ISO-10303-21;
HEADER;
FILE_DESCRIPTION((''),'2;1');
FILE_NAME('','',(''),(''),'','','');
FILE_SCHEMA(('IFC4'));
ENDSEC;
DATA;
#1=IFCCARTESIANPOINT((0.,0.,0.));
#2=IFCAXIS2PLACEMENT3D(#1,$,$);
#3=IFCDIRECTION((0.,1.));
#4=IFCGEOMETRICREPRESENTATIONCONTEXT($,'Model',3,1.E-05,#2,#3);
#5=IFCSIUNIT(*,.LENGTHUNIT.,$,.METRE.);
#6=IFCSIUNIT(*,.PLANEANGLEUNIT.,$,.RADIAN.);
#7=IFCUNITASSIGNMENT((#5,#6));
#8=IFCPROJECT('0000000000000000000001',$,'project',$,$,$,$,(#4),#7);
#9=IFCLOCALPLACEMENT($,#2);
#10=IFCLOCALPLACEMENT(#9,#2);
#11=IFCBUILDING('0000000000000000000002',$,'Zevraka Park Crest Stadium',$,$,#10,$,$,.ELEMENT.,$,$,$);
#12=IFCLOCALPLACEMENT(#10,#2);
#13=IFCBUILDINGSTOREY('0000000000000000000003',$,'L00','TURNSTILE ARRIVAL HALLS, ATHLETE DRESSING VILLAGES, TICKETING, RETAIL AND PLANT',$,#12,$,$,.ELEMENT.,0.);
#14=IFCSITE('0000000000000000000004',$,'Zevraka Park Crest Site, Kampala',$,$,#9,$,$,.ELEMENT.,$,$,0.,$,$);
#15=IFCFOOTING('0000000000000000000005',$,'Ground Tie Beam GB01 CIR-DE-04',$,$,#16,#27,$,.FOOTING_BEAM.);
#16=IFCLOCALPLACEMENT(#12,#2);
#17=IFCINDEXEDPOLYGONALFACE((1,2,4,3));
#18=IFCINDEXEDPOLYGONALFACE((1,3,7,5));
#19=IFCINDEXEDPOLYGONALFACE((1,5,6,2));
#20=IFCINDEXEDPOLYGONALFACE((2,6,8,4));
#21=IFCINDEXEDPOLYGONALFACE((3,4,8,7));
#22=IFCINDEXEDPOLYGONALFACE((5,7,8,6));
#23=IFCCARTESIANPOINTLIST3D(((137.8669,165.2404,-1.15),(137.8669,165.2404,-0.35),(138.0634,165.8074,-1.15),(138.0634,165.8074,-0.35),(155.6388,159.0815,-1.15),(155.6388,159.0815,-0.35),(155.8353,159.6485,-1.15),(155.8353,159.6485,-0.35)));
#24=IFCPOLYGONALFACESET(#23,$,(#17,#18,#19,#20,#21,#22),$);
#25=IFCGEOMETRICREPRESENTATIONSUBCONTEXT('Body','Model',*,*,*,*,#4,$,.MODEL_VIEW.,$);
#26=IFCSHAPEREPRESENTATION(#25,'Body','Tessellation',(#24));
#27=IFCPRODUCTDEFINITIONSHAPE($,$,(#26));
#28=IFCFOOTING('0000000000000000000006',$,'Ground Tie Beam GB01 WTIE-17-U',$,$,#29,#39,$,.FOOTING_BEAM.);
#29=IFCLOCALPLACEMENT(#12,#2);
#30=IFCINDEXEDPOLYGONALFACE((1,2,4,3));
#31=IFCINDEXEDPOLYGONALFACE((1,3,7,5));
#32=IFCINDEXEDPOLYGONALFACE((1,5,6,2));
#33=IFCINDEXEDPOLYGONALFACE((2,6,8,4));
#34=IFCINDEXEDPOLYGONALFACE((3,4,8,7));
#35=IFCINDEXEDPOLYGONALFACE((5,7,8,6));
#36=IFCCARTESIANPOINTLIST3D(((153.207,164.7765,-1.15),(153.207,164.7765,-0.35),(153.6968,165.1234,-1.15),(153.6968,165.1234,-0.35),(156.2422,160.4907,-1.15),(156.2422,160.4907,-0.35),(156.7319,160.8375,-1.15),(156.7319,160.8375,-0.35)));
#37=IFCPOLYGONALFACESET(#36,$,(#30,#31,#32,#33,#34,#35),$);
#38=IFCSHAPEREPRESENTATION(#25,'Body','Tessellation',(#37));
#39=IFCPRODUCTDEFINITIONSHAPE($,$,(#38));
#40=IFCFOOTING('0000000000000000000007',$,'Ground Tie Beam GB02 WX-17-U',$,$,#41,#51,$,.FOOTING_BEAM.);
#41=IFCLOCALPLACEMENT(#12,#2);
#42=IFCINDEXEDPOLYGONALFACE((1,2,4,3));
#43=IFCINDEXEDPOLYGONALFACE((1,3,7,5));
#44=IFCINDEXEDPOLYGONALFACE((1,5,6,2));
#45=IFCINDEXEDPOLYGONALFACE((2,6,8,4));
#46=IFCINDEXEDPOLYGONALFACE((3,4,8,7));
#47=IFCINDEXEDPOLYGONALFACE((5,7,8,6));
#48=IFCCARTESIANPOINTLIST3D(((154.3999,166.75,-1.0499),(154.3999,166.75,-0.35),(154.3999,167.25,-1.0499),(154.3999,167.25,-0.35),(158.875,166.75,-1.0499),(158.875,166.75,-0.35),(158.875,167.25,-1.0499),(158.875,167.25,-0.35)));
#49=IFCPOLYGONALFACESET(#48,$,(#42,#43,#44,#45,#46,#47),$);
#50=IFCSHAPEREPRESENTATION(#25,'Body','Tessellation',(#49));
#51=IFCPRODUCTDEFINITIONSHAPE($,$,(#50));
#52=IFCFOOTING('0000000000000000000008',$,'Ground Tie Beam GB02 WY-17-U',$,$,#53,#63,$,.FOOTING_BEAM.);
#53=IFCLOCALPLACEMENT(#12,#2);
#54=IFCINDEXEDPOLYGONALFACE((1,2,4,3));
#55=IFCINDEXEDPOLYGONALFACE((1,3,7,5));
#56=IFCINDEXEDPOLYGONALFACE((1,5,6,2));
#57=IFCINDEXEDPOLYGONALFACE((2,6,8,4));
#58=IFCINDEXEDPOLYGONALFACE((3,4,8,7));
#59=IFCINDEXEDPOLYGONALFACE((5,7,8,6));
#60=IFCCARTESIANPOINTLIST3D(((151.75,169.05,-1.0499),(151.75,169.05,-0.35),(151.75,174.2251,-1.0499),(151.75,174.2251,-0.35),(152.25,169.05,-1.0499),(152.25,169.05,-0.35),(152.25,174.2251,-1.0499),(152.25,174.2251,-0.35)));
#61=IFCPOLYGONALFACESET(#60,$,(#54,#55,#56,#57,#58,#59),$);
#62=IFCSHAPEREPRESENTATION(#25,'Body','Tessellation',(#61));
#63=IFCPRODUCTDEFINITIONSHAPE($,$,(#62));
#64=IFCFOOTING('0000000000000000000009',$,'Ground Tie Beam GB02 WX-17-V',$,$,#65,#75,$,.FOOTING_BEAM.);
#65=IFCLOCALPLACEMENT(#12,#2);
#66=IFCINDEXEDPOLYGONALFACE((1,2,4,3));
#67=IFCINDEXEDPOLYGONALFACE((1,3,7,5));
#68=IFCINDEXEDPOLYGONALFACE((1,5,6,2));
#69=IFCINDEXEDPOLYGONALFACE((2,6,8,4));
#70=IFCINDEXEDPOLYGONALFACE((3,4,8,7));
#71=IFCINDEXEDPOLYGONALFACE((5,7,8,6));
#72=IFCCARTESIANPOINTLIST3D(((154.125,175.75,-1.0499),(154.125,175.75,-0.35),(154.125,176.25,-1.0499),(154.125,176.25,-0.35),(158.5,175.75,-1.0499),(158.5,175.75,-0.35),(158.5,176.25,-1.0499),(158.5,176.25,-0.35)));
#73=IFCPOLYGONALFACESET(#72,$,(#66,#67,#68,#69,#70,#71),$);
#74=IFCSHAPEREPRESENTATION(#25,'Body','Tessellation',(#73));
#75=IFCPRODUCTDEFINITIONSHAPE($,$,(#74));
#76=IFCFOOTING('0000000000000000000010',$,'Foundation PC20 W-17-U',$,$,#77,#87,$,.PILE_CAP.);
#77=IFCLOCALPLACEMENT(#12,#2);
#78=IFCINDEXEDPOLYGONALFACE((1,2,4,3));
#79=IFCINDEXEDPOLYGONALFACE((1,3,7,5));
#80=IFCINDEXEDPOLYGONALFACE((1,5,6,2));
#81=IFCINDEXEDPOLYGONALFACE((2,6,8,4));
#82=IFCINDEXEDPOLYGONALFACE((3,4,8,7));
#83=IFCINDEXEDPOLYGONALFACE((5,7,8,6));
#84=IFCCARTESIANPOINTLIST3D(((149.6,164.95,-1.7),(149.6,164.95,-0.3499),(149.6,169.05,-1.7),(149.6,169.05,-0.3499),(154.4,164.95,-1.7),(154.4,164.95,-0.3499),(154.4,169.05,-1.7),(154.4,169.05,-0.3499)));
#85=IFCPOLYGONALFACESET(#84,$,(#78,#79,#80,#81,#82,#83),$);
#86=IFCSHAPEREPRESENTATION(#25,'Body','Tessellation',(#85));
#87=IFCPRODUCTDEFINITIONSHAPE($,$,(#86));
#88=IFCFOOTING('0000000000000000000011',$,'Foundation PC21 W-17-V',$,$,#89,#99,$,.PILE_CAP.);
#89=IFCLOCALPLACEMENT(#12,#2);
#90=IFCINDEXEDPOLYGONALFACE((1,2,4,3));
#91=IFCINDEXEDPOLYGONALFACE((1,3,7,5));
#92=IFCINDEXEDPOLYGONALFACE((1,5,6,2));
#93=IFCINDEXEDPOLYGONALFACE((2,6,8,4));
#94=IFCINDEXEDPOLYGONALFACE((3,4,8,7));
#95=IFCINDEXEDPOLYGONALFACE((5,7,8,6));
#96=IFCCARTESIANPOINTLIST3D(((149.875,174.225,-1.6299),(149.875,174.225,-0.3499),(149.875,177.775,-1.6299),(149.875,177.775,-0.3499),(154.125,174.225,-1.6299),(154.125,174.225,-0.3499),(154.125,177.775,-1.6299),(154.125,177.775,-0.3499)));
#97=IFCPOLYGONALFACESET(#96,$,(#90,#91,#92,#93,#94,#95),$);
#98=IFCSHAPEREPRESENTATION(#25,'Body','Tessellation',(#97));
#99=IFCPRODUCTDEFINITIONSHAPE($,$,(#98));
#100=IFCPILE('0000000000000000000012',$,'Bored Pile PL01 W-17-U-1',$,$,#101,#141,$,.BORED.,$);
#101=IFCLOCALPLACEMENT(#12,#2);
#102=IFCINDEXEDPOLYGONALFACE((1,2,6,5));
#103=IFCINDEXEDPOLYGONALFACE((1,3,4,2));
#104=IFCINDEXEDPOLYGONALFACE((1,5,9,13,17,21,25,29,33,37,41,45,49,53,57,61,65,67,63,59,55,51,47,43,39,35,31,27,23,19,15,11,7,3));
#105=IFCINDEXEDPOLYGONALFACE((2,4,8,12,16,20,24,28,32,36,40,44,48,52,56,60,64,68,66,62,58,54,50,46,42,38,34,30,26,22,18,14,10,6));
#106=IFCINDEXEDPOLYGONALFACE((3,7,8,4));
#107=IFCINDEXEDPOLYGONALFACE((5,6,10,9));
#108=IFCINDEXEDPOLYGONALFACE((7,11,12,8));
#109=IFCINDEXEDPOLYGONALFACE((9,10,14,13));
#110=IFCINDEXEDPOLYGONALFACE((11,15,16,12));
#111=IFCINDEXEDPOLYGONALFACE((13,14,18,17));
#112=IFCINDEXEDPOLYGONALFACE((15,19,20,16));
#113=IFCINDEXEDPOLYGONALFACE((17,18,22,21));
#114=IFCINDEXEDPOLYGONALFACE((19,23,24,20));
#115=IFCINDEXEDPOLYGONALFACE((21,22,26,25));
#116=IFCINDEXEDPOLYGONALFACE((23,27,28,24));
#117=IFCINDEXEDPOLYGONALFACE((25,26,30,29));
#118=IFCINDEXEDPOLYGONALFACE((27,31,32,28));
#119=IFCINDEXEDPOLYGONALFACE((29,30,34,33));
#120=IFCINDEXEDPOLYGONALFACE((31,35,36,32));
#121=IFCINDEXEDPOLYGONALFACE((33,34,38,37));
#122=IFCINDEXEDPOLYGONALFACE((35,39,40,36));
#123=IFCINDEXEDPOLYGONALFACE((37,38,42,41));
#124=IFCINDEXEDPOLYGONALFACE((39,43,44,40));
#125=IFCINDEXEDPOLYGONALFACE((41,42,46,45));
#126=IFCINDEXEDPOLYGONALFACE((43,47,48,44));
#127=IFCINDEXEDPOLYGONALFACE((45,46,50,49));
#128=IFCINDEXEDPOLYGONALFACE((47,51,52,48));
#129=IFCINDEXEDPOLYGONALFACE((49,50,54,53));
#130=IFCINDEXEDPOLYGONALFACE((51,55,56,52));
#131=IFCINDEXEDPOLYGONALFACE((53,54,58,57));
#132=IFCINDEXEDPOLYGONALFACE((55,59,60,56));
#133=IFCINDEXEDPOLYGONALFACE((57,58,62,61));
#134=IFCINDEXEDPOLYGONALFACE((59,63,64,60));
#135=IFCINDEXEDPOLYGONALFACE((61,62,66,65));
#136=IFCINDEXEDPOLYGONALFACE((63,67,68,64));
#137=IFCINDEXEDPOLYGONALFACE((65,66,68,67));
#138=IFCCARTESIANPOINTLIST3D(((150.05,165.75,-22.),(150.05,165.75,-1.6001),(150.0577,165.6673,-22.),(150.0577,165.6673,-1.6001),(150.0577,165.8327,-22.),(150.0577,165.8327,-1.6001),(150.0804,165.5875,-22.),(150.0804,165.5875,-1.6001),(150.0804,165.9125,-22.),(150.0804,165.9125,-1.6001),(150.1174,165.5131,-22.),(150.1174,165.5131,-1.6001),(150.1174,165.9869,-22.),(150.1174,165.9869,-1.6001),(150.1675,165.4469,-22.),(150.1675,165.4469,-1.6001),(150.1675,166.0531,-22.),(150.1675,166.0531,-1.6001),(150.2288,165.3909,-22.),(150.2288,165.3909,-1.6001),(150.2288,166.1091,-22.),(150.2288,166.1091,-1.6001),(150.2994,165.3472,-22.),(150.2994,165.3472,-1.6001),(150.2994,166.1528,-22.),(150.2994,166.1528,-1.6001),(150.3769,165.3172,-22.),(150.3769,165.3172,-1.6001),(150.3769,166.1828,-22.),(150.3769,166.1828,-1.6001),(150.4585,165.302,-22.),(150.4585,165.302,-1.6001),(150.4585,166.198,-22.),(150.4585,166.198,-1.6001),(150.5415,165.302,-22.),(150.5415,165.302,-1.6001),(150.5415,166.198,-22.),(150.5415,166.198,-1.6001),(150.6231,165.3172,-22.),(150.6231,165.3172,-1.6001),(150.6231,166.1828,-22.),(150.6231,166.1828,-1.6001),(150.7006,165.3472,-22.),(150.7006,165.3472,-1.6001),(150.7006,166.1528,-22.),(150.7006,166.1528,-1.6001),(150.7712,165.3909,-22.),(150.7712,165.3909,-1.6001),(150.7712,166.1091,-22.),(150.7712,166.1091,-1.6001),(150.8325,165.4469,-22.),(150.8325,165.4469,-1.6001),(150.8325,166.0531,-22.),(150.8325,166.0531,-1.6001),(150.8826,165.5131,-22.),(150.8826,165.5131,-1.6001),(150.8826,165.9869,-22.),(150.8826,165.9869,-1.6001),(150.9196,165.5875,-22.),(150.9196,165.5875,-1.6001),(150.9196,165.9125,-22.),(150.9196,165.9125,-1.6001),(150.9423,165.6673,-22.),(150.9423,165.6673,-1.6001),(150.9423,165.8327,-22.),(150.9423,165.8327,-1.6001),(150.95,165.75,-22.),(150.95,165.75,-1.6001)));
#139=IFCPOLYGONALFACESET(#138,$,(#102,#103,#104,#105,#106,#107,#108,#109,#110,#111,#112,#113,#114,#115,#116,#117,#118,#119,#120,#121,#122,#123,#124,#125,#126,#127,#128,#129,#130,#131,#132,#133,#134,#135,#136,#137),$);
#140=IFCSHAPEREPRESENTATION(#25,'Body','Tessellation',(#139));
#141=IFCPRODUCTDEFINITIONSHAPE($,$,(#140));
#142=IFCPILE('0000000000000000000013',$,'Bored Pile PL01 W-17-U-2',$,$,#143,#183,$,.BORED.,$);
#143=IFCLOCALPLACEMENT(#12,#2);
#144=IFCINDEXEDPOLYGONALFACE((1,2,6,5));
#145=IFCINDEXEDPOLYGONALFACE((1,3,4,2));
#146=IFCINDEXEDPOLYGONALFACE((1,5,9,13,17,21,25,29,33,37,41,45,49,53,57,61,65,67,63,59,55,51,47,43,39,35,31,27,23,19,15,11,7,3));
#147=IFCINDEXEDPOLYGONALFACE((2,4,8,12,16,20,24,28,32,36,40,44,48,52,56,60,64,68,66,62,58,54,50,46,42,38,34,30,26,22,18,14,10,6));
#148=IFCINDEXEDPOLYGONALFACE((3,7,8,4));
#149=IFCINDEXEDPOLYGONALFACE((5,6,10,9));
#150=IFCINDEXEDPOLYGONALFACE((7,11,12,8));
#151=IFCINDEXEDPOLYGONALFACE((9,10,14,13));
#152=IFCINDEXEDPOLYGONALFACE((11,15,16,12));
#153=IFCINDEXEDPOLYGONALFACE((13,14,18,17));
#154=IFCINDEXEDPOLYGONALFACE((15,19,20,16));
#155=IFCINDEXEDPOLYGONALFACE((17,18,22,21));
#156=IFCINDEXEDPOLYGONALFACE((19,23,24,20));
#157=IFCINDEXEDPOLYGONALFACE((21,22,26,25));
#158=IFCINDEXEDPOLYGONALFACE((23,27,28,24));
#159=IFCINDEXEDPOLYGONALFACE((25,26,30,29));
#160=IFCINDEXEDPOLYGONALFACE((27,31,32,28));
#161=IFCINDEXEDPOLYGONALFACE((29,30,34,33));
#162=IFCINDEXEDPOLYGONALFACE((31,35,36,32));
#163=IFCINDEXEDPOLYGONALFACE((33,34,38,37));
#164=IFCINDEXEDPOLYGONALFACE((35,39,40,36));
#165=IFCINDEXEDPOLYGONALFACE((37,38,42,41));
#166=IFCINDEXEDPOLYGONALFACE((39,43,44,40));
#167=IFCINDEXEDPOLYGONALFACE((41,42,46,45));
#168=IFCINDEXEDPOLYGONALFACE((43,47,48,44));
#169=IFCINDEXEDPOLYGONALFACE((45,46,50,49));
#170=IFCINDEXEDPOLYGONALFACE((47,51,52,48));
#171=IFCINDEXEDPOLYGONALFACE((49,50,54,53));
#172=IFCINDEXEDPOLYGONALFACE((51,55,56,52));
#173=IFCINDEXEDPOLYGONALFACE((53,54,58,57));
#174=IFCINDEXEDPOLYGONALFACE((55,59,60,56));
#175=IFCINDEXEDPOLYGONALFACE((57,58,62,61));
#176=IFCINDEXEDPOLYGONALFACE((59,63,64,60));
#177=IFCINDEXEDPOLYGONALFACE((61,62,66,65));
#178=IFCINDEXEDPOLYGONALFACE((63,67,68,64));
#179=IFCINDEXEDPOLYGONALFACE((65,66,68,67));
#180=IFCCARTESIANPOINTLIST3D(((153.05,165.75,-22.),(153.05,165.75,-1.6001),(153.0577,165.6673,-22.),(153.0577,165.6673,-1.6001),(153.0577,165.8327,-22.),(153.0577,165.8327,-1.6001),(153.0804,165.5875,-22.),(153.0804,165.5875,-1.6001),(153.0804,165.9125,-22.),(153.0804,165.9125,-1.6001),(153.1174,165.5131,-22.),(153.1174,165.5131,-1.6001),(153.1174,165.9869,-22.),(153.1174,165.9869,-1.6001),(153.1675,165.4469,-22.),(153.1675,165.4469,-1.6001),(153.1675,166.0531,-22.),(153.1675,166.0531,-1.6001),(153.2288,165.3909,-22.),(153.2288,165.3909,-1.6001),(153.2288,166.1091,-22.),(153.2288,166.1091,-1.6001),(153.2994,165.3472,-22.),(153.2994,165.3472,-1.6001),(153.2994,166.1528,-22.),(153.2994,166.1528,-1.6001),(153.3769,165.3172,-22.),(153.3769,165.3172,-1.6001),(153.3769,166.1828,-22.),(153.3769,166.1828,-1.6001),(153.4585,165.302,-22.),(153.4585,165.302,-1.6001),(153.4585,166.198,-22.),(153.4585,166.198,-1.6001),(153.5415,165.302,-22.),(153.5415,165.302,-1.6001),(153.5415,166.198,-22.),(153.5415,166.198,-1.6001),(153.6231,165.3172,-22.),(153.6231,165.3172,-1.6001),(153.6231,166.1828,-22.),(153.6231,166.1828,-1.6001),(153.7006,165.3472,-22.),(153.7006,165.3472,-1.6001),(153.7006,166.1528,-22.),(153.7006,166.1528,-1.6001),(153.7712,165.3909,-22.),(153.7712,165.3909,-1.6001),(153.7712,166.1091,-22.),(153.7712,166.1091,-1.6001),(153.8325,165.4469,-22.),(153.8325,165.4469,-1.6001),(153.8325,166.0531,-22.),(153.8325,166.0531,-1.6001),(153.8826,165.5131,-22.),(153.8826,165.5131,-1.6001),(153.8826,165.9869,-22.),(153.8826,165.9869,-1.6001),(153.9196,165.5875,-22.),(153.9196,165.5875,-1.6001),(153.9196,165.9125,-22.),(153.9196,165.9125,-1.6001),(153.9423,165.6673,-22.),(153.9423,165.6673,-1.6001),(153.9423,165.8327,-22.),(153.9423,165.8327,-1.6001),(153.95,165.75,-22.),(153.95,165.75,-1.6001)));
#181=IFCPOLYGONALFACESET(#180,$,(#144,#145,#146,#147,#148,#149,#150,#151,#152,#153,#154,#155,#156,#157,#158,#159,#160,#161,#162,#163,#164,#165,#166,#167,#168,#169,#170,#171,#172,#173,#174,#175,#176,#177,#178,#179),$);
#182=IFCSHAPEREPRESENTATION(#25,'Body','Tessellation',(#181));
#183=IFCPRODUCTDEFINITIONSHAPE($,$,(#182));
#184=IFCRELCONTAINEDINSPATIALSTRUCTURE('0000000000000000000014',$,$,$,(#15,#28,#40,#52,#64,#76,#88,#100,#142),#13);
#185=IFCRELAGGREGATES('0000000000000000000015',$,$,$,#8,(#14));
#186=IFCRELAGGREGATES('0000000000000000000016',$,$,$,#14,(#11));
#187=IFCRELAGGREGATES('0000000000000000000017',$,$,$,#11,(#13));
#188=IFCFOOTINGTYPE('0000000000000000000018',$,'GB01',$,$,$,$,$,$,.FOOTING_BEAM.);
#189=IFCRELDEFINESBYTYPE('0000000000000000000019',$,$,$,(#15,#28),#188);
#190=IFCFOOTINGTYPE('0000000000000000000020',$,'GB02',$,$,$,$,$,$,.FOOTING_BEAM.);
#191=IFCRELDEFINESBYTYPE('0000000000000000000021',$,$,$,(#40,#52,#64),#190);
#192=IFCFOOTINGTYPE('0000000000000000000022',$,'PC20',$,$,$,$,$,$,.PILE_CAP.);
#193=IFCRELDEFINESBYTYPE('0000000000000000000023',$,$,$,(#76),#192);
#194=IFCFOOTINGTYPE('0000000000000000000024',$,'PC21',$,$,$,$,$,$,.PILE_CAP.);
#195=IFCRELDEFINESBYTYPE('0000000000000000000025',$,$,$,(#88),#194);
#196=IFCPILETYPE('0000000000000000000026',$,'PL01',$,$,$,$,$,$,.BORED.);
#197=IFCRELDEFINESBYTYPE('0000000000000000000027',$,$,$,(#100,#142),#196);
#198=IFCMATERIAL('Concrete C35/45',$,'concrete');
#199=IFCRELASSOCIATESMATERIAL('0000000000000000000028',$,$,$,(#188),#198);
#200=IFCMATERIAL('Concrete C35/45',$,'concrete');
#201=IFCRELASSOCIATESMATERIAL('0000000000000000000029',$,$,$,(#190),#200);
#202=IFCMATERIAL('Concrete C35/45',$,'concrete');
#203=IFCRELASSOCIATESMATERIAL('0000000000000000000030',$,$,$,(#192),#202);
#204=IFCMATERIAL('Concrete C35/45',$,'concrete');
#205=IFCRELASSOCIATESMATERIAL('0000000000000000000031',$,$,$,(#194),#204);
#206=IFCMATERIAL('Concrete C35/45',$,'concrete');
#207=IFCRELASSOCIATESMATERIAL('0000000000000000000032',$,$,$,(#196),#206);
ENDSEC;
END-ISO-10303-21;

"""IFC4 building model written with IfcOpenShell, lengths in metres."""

from ifc_helpers import new_model, si_unit, direction, frame, origin, origin_2d, place, context, subcontext, project, spatial, rectangle, circle, extrude, material, material_profile, profile_set, type_object, element, save


model = new_model("IFC4")

# Units and contexts
model_context = context("Model", 3, precision=1e-05, world=origin(), true_north=direction((0.0, 1.0)))
body_context = subcontext(model_context, "Body", "Model", "MODEL_VIEW")
ifc_project = project(units=[si_unit("LENGTHUNIT", "METRE"), si_unit("PLANEANGLEUNIT", "RADIAN")], contexts=[model_context])

# Site, building, storey
site_placement = place(None, origin())
site = spatial("IfcSite", under=ifc_project, at=site_placement, Name="Zevraka Park Crest Site, Kampala", CompositionType="ELEMENT", RefElevation=0.0)
building_placement = place(site_placement, origin())
building = spatial("IfcBuilding", under=site, at=building_placement, Name="Zevraka Park Crest Stadium", CompositionType="ELEMENT")
storey_placement = place(building_placement, origin())
storey = spatial("IfcBuildingStorey", under=building, at=storey_placement, Name="L00", Description="TURNSTILE ARRIVAL HALLS, ATHLETE DRESSING VILLAGES, TICKETING, RETAIL AND PLANT", CompositionType="ELEMENT", Elevation=0.0)

# Footings
ifc_material_1 = material(Name="Concrete C35/45", Category="concrete")
ifc_material_profile_1 = material_profile(ifc_material_1, rectangle(XDim=0.6001, YDim=0.8, at=origin_2d()), Name="GB 800x600")
ifc_profile_set_1 = profile_set([ifc_material_profile_1], Name="Concrete C35/45")
footing_type_1 = type_object("IfcFootingType", Name="GB01", PredefinedType="FOOTING_BEAM", material=ifc_profile_set_1)
footing_1_placement = place(storey_placement, frame((155.7371, 159.365, -0.75), z_axis=(-0.944869, 0.327448, 0.0), x_axis=(-0.327448, -0.944869, 0.0)))
element("IfcFooting", 1, at=footing_1_placement, inside=storey, type_object=footing_type_1, Name="Ground Tie Beam GB01 CIR-DE-04", PredefinedType="FOOTING_BEAM", context=body_context, shape_type="SweptSolid", body=[
    extrude(rectangle(XDim=0.6001, YDim=0.8, at=origin_2d()), origin(), (0.0, 0.0, 1.0), 18.8088),
])
footing_2_placement = place(storey_placement, frame((153.4519, 164.95, -0.75), z_axis=(0.577931, -0.816086, 0.0), x_axis=(0.816086, 0.577931, 0.0)))
element("IfcFooting", 2, at=footing_2_placement, inside=storey, type_object=footing_type_1, Name="Ground Tie Beam GB01 WTIE-17-U", PredefinedType="FOOTING_BEAM", context=body_context, shape_type="SweptSolid", body=[
    extrude(rectangle(XDim=0.6001, YDim=0.8, at=origin_2d()), origin(), (0.0, 0.0, 1.0), 5.2517),
])
ifc_material_2 = material(Name="Concrete C35/45", Category="concrete")
ifc_material_profile_2 = material_profile(ifc_material_2, rectangle(XDim=0.5, YDim=0.7, at=origin_2d()), Name="GB 700x500")
ifc_profile_set_2 = profile_set([ifc_material_profile_2], Name="Concrete C35/45")
footing_type_2 = type_object("IfcFootingType", Name="GB02", PredefinedType="FOOTING_BEAM", material=ifc_profile_set_2)
footing_3_placement = place(storey_placement, frame((154.3999, 167.0, -0.7), z_axis=(1.0, 0.0, 0.0), x_axis=(0.0, 1.0, 0.0)))
element("IfcFooting", 3, at=footing_3_placement, inside=storey, type_object=footing_type_2, Name="Ground Tie Beam GB02 WX-17-U", PredefinedType="FOOTING_BEAM", context=body_context, shape_type="SweptSolid", body=[
    extrude(rectangle(XDim=0.5, YDim=0.7, at=origin_2d()), origin(), (0.0, 0.0, 1.0), 4.4751),
])
footing_4_placement = place(storey_placement, frame((152.0, 169.05, -0.7), z_axis=(0.0, 1.0, 0.0), x_axis=(-1.0, 0.0, 0.0)))
element("IfcFooting", 4, at=footing_4_placement, inside=storey, type_object=footing_type_2, Name="Ground Tie Beam GB02 WY-17-U", PredefinedType="FOOTING_BEAM", context=body_context, shape_type="SweptSolid", body=[
    extrude(rectangle(XDim=0.5, YDim=0.7, at=origin_2d()), origin(), (0.0, 0.0, 1.0), 5.175),
])
footing_5_placement = place(storey_placement, frame((154.125, 176.0, -0.7), z_axis=(1.0, 0.0, 0.0), x_axis=(0.0, 1.0, 0.0)))
element("IfcFooting", 5, at=footing_5_placement, inside=storey, type_object=footing_type_2, Name="Ground Tie Beam GB02 WX-17-V", PredefinedType="FOOTING_BEAM", context=body_context, shape_type="SweptSolid", body=[
    extrude(rectangle(XDim=0.5, YDim=0.7, at=origin_2d()), origin(), (0.0, 0.0, 1.0), 4.375),
])
ifc_material_3 = material(Name="Concrete C35/45", Category="concrete")
footing_type_3 = type_object("IfcFootingType", Name="PC20", PredefinedType="PILE_CAP", material=ifc_material_3)
footing_6_placement = place(storey_placement, frame((152.0, 167.0, -1.7), z_axis=(0.0, 0.0, 1.0), x_axis=(1.0, 0.0, 0.0)))
element("IfcFooting", 6, at=footing_6_placement, inside=storey, type_object=footing_type_3, Name="Foundation PC20 W-17-U", PredefinedType="PILE_CAP", context=body_context, shape_type="SweptSolid", body=[
    extrude(rectangle(XDim=4.8, YDim=4.1001, at=origin_2d()), origin(), (0.0, 0.0, 1.0), 1.3501),
])
ifc_material_4 = material(Name="Concrete C35/45", Category="concrete")
footing_type_4 = type_object("IfcFootingType", Name="PC21", PredefinedType="PILE_CAP", material=ifc_material_4)
footing_7_placement = place(storey_placement, frame((152.0, 176.0, -1.6299), z_axis=(0.0, 0.0, 1.0), x_axis=(1.0, 0.0, 0.0)))
element("IfcFooting", 7, at=footing_7_placement, inside=storey, type_object=footing_type_4, Name="Foundation PC21 W-17-V", PredefinedType="PILE_CAP", context=body_context, shape_type="SweptSolid", body=[
    extrude(rectangle(XDim=4.25, YDim=3.55, at=origin_2d()), origin(), (0.0, 0.0, 1.0), 1.28),
])

# Piles
ifc_material_5 = material(Name="Concrete C35/45", Category="concrete")
ifc_material_profile_3 = material_profile(ifc_material_5, circle(Radius=0.45, at=origin_2d()), Name="PILE D900")
ifc_profile_set_3 = profile_set([ifc_material_profile_3], Name="Concrete C35/45")
pile_type_1 = type_object("IfcPileType", Name="PL01", PredefinedType="BORED", material=ifc_profile_set_3)
for number, where, z_axis, x_axis, name in (
    (8, (150.5, 165.75, -1.6001), (0.0, 0.0, -1.0), (1.0, 0.0, 0.0), "Bored Pile PL01 W-17-U-1"),
    (9, (153.5, 165.75, -1.6001), (0.0, 0.0, -1.0), (1.0, 0.0, 0.0), "Bored Pile PL01 W-17-U-2"),
):
    element("IfcPile", number, at=place(storey_placement, frame(where, z_axis=z_axis, x_axis=x_axis)), inside=storey, type_object=pile_type_1, Name=name, PredefinedType="BORED", context=body_context, shape_type="SweptSolid", body=[
        extrude(circle(Radius=0.45, at=origin_2d()), origin(), (0.0, 0.0, 1.0), 20.3999),
    ])

save(model, "model.ifc")
